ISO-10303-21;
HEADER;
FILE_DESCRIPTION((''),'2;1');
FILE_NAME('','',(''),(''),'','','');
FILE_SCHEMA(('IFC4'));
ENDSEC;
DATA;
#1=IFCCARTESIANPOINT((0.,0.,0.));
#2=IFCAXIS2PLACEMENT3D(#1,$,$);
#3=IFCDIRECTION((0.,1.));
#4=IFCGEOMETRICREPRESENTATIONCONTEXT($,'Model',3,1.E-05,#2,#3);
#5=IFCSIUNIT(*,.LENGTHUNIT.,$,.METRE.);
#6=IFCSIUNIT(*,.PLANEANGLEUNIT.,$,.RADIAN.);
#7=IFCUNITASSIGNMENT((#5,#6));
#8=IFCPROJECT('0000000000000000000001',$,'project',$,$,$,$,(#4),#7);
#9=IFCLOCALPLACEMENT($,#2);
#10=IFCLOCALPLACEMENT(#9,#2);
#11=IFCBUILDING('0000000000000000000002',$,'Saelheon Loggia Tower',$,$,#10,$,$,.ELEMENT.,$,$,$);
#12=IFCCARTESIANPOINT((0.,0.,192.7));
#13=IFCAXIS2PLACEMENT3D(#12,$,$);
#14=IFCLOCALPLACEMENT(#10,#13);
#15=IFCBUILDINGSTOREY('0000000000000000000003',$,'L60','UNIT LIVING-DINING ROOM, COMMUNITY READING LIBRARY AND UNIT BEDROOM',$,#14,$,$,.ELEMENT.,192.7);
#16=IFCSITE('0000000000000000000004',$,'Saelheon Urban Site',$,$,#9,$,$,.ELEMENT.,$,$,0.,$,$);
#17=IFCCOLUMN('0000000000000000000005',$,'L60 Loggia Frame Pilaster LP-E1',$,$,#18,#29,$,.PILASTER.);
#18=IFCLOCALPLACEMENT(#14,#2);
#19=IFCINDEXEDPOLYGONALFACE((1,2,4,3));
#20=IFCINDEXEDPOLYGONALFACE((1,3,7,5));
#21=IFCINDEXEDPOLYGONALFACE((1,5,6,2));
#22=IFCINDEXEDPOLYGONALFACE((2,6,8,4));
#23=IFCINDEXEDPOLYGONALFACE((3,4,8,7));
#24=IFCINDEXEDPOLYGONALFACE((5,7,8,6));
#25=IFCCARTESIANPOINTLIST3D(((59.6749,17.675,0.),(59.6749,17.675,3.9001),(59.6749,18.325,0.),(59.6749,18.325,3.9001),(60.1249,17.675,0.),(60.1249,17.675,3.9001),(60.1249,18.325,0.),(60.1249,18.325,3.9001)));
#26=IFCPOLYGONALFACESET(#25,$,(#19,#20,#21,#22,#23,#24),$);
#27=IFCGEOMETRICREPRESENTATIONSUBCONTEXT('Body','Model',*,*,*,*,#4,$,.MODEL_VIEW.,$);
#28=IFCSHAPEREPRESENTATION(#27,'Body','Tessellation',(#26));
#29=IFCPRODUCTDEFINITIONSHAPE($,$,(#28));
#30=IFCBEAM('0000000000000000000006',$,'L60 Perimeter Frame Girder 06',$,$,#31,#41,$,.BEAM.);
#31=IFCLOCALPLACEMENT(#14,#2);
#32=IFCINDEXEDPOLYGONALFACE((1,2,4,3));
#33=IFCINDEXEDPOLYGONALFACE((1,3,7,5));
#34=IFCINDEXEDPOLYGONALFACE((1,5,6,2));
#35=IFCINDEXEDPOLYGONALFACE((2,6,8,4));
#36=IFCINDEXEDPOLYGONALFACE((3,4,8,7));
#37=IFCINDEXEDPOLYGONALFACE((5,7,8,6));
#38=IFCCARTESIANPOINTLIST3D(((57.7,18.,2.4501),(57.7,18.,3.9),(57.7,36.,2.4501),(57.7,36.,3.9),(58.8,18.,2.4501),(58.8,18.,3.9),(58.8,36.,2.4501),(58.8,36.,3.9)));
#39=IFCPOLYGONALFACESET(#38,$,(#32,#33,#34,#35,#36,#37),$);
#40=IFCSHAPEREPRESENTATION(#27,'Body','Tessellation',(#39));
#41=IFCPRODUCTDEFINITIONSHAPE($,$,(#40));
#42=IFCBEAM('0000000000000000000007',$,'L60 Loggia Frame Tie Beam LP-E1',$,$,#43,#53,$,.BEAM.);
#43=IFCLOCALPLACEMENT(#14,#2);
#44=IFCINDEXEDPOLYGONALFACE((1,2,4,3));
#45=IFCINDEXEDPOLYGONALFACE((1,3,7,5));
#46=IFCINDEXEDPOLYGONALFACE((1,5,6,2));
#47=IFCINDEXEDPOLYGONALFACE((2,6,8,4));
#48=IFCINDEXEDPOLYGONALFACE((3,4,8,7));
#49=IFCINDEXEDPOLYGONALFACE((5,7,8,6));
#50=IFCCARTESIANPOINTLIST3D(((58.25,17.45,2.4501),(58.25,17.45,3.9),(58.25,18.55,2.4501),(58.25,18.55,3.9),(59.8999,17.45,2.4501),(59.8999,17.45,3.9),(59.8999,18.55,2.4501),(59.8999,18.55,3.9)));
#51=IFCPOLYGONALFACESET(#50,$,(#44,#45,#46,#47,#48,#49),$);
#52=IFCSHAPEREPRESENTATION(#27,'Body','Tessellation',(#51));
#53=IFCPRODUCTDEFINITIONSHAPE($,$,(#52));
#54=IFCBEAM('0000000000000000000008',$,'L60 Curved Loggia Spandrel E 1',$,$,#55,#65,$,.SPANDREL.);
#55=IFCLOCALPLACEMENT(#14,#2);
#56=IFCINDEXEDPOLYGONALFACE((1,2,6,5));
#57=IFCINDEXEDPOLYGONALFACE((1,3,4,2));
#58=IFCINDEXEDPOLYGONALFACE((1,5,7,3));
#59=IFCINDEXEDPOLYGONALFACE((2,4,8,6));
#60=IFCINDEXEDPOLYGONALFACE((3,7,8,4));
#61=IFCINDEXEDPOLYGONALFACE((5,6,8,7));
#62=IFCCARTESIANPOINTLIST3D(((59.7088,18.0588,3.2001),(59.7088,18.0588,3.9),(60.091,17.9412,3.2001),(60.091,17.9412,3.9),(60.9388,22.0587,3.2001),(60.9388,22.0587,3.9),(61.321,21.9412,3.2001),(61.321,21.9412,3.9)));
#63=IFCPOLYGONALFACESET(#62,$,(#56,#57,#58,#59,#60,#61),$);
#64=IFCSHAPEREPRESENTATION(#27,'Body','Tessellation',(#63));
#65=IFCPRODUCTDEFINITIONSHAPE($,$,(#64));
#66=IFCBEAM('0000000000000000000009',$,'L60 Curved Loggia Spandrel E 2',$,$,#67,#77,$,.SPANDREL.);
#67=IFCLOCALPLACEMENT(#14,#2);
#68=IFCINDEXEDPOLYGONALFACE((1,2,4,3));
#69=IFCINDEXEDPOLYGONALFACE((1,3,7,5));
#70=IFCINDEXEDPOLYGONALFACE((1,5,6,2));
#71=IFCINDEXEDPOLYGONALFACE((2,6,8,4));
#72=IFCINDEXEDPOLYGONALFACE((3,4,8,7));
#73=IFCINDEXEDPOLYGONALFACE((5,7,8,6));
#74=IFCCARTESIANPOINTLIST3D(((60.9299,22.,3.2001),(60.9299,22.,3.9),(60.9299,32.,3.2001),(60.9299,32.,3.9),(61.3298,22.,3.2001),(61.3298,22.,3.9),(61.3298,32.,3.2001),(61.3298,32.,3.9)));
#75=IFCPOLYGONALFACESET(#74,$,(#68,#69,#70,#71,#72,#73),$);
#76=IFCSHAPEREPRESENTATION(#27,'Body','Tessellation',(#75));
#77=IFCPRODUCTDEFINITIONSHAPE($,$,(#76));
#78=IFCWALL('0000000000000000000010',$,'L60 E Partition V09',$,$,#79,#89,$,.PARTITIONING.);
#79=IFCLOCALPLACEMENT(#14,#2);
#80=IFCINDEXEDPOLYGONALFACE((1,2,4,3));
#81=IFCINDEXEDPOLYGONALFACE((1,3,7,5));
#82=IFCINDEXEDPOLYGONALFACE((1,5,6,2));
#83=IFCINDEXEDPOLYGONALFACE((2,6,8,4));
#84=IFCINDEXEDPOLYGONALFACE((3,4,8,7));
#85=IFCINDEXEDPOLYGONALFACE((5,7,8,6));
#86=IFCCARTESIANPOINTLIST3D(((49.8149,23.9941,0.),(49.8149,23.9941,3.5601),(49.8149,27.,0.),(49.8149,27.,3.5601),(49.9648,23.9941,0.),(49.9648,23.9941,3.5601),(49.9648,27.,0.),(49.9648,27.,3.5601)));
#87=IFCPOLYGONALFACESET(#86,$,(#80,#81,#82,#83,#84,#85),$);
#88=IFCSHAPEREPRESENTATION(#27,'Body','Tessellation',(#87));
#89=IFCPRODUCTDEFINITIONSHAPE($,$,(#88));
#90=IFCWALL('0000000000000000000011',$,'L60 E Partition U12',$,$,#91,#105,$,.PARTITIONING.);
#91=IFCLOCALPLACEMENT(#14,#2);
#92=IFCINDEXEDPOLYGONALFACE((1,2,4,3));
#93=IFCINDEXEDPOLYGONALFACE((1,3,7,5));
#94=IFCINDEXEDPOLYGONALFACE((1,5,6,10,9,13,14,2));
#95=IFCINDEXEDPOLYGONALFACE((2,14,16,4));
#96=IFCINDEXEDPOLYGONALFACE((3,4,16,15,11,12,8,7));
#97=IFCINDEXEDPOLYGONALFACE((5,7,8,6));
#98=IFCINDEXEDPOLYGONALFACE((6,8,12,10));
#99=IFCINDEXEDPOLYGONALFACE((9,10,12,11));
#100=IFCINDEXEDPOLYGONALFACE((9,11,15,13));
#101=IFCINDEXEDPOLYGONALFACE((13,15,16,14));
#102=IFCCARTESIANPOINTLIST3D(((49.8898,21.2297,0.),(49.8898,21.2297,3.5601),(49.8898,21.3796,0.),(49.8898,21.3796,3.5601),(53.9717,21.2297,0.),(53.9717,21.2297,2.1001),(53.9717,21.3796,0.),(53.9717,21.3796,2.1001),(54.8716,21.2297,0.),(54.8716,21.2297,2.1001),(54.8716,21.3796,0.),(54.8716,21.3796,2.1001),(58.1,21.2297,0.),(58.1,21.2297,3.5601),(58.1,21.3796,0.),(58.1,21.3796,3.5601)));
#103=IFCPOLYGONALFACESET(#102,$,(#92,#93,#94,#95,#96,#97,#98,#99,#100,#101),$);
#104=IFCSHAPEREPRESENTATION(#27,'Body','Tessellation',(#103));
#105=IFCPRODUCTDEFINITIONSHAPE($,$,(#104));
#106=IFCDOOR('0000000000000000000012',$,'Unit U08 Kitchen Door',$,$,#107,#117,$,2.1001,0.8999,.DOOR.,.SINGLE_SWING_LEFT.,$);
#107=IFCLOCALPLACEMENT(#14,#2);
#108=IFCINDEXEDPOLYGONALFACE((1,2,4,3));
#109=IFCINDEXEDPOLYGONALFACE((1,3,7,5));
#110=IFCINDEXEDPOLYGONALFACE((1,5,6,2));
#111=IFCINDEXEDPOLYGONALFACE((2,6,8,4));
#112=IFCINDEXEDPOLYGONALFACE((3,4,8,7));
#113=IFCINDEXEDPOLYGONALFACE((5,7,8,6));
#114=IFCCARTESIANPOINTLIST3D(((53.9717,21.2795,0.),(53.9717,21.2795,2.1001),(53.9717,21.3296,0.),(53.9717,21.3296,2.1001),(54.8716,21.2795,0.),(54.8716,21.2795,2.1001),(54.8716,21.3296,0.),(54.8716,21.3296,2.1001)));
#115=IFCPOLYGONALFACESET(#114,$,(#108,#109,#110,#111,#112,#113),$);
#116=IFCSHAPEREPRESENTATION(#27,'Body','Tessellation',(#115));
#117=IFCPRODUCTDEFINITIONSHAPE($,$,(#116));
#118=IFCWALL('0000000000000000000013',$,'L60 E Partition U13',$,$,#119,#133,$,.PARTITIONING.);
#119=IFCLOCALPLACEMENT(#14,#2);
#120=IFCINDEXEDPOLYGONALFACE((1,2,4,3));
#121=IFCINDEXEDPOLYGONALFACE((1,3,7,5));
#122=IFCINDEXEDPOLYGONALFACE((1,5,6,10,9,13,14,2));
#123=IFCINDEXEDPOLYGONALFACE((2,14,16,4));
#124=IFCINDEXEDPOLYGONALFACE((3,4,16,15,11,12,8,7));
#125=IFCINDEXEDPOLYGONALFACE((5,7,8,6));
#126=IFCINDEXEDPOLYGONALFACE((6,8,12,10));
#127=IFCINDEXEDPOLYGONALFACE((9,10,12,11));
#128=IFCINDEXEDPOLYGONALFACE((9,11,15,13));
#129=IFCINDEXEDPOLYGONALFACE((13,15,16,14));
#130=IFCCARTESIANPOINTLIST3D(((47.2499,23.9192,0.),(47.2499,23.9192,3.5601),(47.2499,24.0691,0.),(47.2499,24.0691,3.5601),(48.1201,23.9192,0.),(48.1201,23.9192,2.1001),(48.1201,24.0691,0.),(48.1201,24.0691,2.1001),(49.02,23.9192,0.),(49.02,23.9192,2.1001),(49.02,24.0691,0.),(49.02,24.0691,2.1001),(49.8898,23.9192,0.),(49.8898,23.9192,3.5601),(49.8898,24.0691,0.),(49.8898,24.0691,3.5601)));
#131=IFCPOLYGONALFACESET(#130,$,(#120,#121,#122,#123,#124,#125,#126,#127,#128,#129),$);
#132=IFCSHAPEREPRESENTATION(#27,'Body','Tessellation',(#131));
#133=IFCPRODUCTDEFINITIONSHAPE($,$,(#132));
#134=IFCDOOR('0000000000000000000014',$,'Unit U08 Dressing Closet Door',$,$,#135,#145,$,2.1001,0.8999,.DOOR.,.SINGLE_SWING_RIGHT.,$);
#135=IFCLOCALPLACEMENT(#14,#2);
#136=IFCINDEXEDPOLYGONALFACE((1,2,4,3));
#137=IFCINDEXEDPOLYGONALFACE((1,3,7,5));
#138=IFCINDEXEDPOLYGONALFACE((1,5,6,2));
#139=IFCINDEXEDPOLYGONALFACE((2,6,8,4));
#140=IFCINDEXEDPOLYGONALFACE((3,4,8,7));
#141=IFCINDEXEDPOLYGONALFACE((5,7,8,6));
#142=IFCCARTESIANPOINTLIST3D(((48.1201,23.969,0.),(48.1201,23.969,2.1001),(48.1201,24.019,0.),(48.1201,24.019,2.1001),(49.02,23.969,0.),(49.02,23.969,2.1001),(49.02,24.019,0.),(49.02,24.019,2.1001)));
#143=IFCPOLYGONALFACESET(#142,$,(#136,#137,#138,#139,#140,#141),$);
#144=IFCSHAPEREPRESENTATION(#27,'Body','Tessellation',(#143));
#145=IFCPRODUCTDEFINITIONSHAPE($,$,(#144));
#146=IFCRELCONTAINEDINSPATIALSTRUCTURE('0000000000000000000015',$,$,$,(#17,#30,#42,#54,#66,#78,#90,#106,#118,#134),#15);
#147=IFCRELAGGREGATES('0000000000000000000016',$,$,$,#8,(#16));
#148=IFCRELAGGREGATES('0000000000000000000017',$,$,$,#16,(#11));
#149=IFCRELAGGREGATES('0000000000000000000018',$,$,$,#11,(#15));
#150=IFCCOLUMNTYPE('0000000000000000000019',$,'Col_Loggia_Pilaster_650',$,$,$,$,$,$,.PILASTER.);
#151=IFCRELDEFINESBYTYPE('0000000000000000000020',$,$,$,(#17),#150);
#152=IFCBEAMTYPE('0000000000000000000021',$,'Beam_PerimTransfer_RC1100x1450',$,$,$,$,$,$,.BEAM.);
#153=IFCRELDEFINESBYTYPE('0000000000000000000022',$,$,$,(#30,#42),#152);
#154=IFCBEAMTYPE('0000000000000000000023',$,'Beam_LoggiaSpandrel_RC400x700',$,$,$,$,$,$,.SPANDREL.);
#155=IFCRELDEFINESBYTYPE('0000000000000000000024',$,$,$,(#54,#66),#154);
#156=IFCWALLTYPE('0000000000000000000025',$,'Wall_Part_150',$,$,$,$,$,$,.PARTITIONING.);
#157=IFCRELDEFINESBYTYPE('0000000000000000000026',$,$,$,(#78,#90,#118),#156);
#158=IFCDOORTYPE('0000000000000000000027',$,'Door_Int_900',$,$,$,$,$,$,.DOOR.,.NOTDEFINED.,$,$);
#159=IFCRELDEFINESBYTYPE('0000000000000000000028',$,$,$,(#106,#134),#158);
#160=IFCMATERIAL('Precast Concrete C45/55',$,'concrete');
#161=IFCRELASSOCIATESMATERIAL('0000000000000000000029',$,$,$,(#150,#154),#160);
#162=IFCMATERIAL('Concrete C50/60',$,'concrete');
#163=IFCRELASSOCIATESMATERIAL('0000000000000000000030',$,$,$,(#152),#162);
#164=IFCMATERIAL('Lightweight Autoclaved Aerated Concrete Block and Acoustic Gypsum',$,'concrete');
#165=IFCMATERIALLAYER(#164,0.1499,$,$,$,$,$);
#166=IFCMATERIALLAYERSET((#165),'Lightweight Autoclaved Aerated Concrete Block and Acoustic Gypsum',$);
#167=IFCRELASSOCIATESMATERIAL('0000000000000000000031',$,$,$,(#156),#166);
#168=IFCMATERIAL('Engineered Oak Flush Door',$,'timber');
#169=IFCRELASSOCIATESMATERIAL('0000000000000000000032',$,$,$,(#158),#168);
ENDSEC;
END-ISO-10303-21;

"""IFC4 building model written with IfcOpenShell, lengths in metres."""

from ifc_helpers import new_model, si_unit, direction, frame, frame_2d, origin, origin_2d, place, context, subcontext, project, spatial, rectangle, extrude, source, transform, mapped, material, layer, layer_set, material_profile, profile_set, type_object, element, fill, save


model = new_model("IFC4")

# Units and contexts
model_context = context("Model", 3, precision=1e-05, world=origin(), true_north=direction((0.0, 1.0)))
body_context = subcontext(model_context, "Body", "Model", "MODEL_VIEW")
ifc_project = project(units=[si_unit("LENGTHUNIT", "METRE"), si_unit("PLANEANGLEUNIT", "RADIAN")], contexts=[model_context])

# Site, building, storey
site_placement = place(None, origin())
site = spatial("IfcSite", under=ifc_project, at=site_placement, Name="Saelheon Urban Site", CompositionType="ELEMENT", RefElevation=0.0)
building_placement = place(site_placement, origin())
building = spatial("IfcBuilding", under=site, at=building_placement, Name="Saelheon Loggia Tower", CompositionType="ELEMENT")
storey_placement = place(building_placement, frame((0.0, 0.0, 192.7)))
storey = spatial("IfcBuildingStorey", under=building, at=storey_placement, Name="L60", Description="UNIT LIVING-DINING ROOM, COMMUNITY READING LIBRARY AND UNIT BEDROOM", CompositionType="ELEMENT", Elevation=192.7)

# Column
ifc_material_1 = material(Name="Precast Concrete C45/55", Category="concrete")
ifc_material_profile_1 = material_profile(ifc_material_1, rectangle(XDim=0.45, YDim=0.6499, at=origin_2d()), Name="RC-450x650")
ifc_profile_set_1 = profile_set([ifc_material_profile_1], Name="Precast Concrete C45/55")
column_type = type_object("IfcColumnType", Name="Col_Loggia_Pilaster_650", PredefinedType="PILASTER", material=ifc_profile_set_1)
shared_shape_1 = source(origin(), body_context, "Body", "SweptSolid", [
    extrude(rectangle(XDim=0.45, YDim=0.6499, at=origin_2d()), origin(), (0.0, 0.0, 1.0), 3.9001),
])
column_placement = place(storey_placement, frame((59.8999, 18.0, 0.0), z_axis=(0.0, 0.0, 1.0), x_axis=(1.0, 0.0, 0.0)))
element("IfcColumn", 1, at=column_placement, inside=storey, type_object=column_type, Name="L60 Loggia Frame Pilaster LP-E1", PredefinedType="PILASTER", context=body_context, shape_type="MappedRepresentation", body=[
    mapped(shared_shape_1, transform((0.0, 0.0, 0.0), scale=1.0)),
])

# Beams
ifc_material_2 = material(Name="Concrete C50/60", Category="concrete")
ifc_material_profile_2 = material_profile(ifc_material_2, rectangle(XDim=1.1001, YDim=1.45, at=origin_2d()), Name="RC-1100x1450")
ifc_profile_set_2 = profile_set([ifc_material_profile_2], Name="Concrete C50/60")
beam_type_1 = type_object("IfcBeamType", Name="Beam_PerimTransfer_RC1100x1450", PredefinedType="BEAM", material=ifc_profile_set_2)
shared_shape_2 = source(origin(), body_context, "Body", "SweptSolid", [
    extrude(rectangle(XDim=1.1001, YDim=1.45, at=origin_2d()), origin(), (0.0, 0.0, 1.0), 18.0),
])
beam_1_placement = place(storey_placement, frame((58.25, 18.0, 3.175), z_axis=(0.0, 1.0, 0.0), x_axis=(-1.0, 0.0, 0.0)))
element("IfcBeam", 2, at=beam_1_placement, inside=storey, type_object=beam_type_1, Name="L60 Perimeter Frame Girder 06", PredefinedType="BEAM", context=body_context, shape_type="MappedRepresentation", body=[
    mapped(shared_shape_2, transform((0.0, 0.0, 0.0), scale=1.0)),
])
shared_shape_3 = source(origin(), body_context, "Body", "SweptSolid", [
    extrude(rectangle(XDim=1.1001, YDim=1.45, at=origin_2d()), origin(), (0.0, 0.0, 1.0), 1.6499),
])
beam_2_placement = place(storey_placement, frame((58.25, 18.0, 3.175), z_axis=(1.0, 0.0, 0.0), x_axis=(0.0, 1.0, 0.0)))
element("IfcBeam", 3, at=beam_2_placement, inside=storey, type_object=beam_type_1, Name="L60 Loggia Frame Tie Beam LP-E1", PredefinedType="BEAM", context=body_context, shape_type="MappedRepresentation", body=[
    mapped(shared_shape_3, transform((0.0, 0.0, 0.0), scale=1.0)),
])
ifc_material_profile_3 = material_profile(ifc_material_1, rectangle(XDim=0.3999, YDim=0.7, at=origin_2d()), Name="RC-400x700")
ifc_profile_set_3 = profile_set([ifc_material_profile_3], Name="Precast Concrete C45/55")
beam_type_2 = type_object("IfcBeamType", Name="Beam_LoggiaSpandrel_RC400x700", PredefinedType="SPANDREL", material=ifc_profile_set_3)
shared_shape_4 = source(origin(), body_context, "Body", "SweptSolid", [
    extrude(rectangle(XDim=0.3999, YDim=0.7, at=origin_2d()), origin(), (0.0, 0.0, 1.0), 4.1848),
])
beam_3_placement = place(storey_placement, frame((59.8999, 18.0, 3.55), z_axis=(0.293914, 0.955832, 0.0), x_axis=(-0.955832, 0.293914, 0.0)))
element("IfcBeam", 4, at=beam_3_placement, inside=storey, type_object=beam_type_2, Name="L60 Curved Loggia Spandrel E 1", PredefinedType="SPANDREL", context=body_context, shape_type="MappedRepresentation", body=[
    mapped(shared_shape_4, transform((0.0, 0.0, 0.0), scale=1.0)),
])
shared_shape_5 = source(origin(), body_context, "Body", "SweptSolid", [
    extrude(rectangle(XDim=0.3999, YDim=0.7, at=origin_2d()), origin(), (0.0, 0.0, 1.0), 10.0),
])
beam_4_placement = place(storey_placement, frame((61.1299, 22.0, 3.55), z_axis=(0.0, 1.0, 0.0), x_axis=(-1.0, 0.0, 0.0)))
element("IfcBeam", 5, at=beam_4_placement, inside=storey, type_object=beam_type_2, Name="L60 Curved Loggia Spandrel E 2", PredefinedType="SPANDREL", context=body_context, shape_type="MappedRepresentation", body=[
    mapped(shared_shape_5, transform((0.0, 0.0, 0.0), scale=1.0)),
])

# Wall
ifc_material_3 = material(Name="Lightweight Autoclaved Aerated Concrete Block and Acoustic Gypsum", Category="concrete")
ifc_layer_1 = layer(ifc_material_3, 0.1499)
ifc_layer_set_1 = layer_set([ifc_layer_1], Name="Lightweight Autoclaved Aerated Concrete Block and Acoustic Gypsum")
wall_type_1 = type_object("IfcWallType", Name="Wall_Part_150", PredefinedType="PARTITIONING", material=ifc_layer_set_1)
wall_1_placement = place(storey_placement, frame((49.8899, 23.9941, 0.0), z_axis=(0.0, 0.0, 1.0), x_axis=(0.0, 1.0, 0.0)))
element("IfcWall", 6, at=wall_1_placement, inside=storey, type_object=wall_type_1, Name="L60 E Partition V09", PredefinedType="PARTITIONING", context=body_context, shape_type="SweptSolid", body=[
    extrude(rectangle(XDim=3.0059, YDim=0.1499, at=frame_2d((1.5029, 0.0))), origin(), (0.0, 0.0, 1.0), 3.5601),
])

# Walls, openings, doors
wall_2_placement = place(storey_placement, frame((49.8899, 21.3047, 0.0), z_axis=(0.0, 0.0, 1.0), x_axis=(1.0, 0.0, 0.0)))
wall_2 = element("IfcWall", 7, at=wall_2_placement, inside=storey, type_object=wall_type_1, Name="L60 E Partition U12", PredefinedType="PARTITIONING", context=body_context, shape_type="SweptSolid", body=[
    extrude(rectangle(XDim=8.2102, YDim=0.1499, at=frame_2d((4.105, 0.0))), origin(), (0.0, 0.0, 1.0), 3.5601),
])
opening_1_placement = place(wall_2_placement, frame((4.0818, 0.0, 0.0)))
opening_1 = element("IfcOpeningElement", 8, at=opening_1_placement, cuts=wall_2, PredefinedType="OPENING", context=body_context, shape_type="SweptSolid", body=[
    extrude(rectangle(XDim=0.8999, YDim=2.1001, at=frame_2d((0.45, 1.05))), frame((0.0, 0.0869, 0.0), z_axis=(0.0, -1.0, 0.0), x_axis=(1.0, 0.0, 0.0)), (0.0, 0.0, 1.0), 0.1738),
])
ifc_material_4 = material(Name="Engineered Oak Flush Door", Category="timber")
door_type_1 = type_object("IfcDoorType", Name="Door_Int_900", OperationType="NOTDEFINED", PredefinedType="DOOR", material=ifc_material_4)
shared_shape_6 = source(origin(), body_context, "Body", "SweptSolid", [
    extrude(rectangle(XDim=0.8999, YDim=2.1001, at=frame_2d((0.45, 1.05))), frame((0.0, 0.0249, 0.0), z_axis=(0.0, -1.0, 0.0), x_axis=(1.0, 0.0, 0.0)), (0.0, 0.0, 1.0), 0.05),
])
door_1_placement = place(opening_1_placement, origin())
door_1 = element("IfcDoor", 9, at=door_1_placement, inside=storey, type_object=door_type_1, Name="Unit U08 Kitchen Door", OperationType="SINGLE_SWING_LEFT", OverallHeight=2.1001, OverallWidth=0.8999, PredefinedType="DOOR", context=body_context, shape_type="MappedRepresentation", body=[
    mapped(shared_shape_6, transform((0.0, 0.0, 0.0), scale=1.0)),
])
fill(opening_1, door_1)
wall_3_placement = place(storey_placement, frame((47.25, 23.9941, 0.0), z_axis=(0.0, 0.0, 1.0), x_axis=(1.0, 0.0, 0.0)))
wall_3 = element("IfcWall", 10, at=wall_3_placement, inside=storey, type_object=wall_type_1, Name="L60 E Partition U13", PredefinedType="PARTITIONING", context=body_context, shape_type="SweptSolid", body=[
    extrude(rectangle(XDim=2.6399, YDim=0.1499, at=frame_2d((1.3198, 0.0))), origin(), (0.0, 0.0, 1.0), 3.5601),
])
opening_2_placement = place(wall_3_placement, frame((0.8701, 0.0, 0.0)))
opening_2 = element("IfcOpeningElement", 11, at=opening_2_placement, cuts=wall_3, PredefinedType="OPENING", context=body_context, shape_type="SweptSolid", body=[
    extrude(rectangle(XDim=0.8999, YDim=2.1001, at=frame_2d((0.45, 1.05))), frame((0.0, 0.0869, 0.0), z_axis=(0.0, -1.0, 0.0), x_axis=(1.0, 0.0, 0.0)), (0.0, 0.0, 1.0), 0.1738),
])
door_2_placement = place(opening_2_placement, origin())
door_2 = element("IfcDoor", 12, at=door_2_placement, inside=storey, type_object=door_type_1, Name="Unit U08 Dressing Closet Door", OperationType="SINGLE_SWING_RIGHT", OverallHeight=2.1001, OverallWidth=0.8999, PredefinedType="DOOR", context=body_context, shape_type="MappedRepresentation", body=[
    mapped(shared_shape_6, transform((0.0, 0.0, 0.0), scale=1.0)),
])
fill(opening_2, door_2)

save(model, "model.ifc")
